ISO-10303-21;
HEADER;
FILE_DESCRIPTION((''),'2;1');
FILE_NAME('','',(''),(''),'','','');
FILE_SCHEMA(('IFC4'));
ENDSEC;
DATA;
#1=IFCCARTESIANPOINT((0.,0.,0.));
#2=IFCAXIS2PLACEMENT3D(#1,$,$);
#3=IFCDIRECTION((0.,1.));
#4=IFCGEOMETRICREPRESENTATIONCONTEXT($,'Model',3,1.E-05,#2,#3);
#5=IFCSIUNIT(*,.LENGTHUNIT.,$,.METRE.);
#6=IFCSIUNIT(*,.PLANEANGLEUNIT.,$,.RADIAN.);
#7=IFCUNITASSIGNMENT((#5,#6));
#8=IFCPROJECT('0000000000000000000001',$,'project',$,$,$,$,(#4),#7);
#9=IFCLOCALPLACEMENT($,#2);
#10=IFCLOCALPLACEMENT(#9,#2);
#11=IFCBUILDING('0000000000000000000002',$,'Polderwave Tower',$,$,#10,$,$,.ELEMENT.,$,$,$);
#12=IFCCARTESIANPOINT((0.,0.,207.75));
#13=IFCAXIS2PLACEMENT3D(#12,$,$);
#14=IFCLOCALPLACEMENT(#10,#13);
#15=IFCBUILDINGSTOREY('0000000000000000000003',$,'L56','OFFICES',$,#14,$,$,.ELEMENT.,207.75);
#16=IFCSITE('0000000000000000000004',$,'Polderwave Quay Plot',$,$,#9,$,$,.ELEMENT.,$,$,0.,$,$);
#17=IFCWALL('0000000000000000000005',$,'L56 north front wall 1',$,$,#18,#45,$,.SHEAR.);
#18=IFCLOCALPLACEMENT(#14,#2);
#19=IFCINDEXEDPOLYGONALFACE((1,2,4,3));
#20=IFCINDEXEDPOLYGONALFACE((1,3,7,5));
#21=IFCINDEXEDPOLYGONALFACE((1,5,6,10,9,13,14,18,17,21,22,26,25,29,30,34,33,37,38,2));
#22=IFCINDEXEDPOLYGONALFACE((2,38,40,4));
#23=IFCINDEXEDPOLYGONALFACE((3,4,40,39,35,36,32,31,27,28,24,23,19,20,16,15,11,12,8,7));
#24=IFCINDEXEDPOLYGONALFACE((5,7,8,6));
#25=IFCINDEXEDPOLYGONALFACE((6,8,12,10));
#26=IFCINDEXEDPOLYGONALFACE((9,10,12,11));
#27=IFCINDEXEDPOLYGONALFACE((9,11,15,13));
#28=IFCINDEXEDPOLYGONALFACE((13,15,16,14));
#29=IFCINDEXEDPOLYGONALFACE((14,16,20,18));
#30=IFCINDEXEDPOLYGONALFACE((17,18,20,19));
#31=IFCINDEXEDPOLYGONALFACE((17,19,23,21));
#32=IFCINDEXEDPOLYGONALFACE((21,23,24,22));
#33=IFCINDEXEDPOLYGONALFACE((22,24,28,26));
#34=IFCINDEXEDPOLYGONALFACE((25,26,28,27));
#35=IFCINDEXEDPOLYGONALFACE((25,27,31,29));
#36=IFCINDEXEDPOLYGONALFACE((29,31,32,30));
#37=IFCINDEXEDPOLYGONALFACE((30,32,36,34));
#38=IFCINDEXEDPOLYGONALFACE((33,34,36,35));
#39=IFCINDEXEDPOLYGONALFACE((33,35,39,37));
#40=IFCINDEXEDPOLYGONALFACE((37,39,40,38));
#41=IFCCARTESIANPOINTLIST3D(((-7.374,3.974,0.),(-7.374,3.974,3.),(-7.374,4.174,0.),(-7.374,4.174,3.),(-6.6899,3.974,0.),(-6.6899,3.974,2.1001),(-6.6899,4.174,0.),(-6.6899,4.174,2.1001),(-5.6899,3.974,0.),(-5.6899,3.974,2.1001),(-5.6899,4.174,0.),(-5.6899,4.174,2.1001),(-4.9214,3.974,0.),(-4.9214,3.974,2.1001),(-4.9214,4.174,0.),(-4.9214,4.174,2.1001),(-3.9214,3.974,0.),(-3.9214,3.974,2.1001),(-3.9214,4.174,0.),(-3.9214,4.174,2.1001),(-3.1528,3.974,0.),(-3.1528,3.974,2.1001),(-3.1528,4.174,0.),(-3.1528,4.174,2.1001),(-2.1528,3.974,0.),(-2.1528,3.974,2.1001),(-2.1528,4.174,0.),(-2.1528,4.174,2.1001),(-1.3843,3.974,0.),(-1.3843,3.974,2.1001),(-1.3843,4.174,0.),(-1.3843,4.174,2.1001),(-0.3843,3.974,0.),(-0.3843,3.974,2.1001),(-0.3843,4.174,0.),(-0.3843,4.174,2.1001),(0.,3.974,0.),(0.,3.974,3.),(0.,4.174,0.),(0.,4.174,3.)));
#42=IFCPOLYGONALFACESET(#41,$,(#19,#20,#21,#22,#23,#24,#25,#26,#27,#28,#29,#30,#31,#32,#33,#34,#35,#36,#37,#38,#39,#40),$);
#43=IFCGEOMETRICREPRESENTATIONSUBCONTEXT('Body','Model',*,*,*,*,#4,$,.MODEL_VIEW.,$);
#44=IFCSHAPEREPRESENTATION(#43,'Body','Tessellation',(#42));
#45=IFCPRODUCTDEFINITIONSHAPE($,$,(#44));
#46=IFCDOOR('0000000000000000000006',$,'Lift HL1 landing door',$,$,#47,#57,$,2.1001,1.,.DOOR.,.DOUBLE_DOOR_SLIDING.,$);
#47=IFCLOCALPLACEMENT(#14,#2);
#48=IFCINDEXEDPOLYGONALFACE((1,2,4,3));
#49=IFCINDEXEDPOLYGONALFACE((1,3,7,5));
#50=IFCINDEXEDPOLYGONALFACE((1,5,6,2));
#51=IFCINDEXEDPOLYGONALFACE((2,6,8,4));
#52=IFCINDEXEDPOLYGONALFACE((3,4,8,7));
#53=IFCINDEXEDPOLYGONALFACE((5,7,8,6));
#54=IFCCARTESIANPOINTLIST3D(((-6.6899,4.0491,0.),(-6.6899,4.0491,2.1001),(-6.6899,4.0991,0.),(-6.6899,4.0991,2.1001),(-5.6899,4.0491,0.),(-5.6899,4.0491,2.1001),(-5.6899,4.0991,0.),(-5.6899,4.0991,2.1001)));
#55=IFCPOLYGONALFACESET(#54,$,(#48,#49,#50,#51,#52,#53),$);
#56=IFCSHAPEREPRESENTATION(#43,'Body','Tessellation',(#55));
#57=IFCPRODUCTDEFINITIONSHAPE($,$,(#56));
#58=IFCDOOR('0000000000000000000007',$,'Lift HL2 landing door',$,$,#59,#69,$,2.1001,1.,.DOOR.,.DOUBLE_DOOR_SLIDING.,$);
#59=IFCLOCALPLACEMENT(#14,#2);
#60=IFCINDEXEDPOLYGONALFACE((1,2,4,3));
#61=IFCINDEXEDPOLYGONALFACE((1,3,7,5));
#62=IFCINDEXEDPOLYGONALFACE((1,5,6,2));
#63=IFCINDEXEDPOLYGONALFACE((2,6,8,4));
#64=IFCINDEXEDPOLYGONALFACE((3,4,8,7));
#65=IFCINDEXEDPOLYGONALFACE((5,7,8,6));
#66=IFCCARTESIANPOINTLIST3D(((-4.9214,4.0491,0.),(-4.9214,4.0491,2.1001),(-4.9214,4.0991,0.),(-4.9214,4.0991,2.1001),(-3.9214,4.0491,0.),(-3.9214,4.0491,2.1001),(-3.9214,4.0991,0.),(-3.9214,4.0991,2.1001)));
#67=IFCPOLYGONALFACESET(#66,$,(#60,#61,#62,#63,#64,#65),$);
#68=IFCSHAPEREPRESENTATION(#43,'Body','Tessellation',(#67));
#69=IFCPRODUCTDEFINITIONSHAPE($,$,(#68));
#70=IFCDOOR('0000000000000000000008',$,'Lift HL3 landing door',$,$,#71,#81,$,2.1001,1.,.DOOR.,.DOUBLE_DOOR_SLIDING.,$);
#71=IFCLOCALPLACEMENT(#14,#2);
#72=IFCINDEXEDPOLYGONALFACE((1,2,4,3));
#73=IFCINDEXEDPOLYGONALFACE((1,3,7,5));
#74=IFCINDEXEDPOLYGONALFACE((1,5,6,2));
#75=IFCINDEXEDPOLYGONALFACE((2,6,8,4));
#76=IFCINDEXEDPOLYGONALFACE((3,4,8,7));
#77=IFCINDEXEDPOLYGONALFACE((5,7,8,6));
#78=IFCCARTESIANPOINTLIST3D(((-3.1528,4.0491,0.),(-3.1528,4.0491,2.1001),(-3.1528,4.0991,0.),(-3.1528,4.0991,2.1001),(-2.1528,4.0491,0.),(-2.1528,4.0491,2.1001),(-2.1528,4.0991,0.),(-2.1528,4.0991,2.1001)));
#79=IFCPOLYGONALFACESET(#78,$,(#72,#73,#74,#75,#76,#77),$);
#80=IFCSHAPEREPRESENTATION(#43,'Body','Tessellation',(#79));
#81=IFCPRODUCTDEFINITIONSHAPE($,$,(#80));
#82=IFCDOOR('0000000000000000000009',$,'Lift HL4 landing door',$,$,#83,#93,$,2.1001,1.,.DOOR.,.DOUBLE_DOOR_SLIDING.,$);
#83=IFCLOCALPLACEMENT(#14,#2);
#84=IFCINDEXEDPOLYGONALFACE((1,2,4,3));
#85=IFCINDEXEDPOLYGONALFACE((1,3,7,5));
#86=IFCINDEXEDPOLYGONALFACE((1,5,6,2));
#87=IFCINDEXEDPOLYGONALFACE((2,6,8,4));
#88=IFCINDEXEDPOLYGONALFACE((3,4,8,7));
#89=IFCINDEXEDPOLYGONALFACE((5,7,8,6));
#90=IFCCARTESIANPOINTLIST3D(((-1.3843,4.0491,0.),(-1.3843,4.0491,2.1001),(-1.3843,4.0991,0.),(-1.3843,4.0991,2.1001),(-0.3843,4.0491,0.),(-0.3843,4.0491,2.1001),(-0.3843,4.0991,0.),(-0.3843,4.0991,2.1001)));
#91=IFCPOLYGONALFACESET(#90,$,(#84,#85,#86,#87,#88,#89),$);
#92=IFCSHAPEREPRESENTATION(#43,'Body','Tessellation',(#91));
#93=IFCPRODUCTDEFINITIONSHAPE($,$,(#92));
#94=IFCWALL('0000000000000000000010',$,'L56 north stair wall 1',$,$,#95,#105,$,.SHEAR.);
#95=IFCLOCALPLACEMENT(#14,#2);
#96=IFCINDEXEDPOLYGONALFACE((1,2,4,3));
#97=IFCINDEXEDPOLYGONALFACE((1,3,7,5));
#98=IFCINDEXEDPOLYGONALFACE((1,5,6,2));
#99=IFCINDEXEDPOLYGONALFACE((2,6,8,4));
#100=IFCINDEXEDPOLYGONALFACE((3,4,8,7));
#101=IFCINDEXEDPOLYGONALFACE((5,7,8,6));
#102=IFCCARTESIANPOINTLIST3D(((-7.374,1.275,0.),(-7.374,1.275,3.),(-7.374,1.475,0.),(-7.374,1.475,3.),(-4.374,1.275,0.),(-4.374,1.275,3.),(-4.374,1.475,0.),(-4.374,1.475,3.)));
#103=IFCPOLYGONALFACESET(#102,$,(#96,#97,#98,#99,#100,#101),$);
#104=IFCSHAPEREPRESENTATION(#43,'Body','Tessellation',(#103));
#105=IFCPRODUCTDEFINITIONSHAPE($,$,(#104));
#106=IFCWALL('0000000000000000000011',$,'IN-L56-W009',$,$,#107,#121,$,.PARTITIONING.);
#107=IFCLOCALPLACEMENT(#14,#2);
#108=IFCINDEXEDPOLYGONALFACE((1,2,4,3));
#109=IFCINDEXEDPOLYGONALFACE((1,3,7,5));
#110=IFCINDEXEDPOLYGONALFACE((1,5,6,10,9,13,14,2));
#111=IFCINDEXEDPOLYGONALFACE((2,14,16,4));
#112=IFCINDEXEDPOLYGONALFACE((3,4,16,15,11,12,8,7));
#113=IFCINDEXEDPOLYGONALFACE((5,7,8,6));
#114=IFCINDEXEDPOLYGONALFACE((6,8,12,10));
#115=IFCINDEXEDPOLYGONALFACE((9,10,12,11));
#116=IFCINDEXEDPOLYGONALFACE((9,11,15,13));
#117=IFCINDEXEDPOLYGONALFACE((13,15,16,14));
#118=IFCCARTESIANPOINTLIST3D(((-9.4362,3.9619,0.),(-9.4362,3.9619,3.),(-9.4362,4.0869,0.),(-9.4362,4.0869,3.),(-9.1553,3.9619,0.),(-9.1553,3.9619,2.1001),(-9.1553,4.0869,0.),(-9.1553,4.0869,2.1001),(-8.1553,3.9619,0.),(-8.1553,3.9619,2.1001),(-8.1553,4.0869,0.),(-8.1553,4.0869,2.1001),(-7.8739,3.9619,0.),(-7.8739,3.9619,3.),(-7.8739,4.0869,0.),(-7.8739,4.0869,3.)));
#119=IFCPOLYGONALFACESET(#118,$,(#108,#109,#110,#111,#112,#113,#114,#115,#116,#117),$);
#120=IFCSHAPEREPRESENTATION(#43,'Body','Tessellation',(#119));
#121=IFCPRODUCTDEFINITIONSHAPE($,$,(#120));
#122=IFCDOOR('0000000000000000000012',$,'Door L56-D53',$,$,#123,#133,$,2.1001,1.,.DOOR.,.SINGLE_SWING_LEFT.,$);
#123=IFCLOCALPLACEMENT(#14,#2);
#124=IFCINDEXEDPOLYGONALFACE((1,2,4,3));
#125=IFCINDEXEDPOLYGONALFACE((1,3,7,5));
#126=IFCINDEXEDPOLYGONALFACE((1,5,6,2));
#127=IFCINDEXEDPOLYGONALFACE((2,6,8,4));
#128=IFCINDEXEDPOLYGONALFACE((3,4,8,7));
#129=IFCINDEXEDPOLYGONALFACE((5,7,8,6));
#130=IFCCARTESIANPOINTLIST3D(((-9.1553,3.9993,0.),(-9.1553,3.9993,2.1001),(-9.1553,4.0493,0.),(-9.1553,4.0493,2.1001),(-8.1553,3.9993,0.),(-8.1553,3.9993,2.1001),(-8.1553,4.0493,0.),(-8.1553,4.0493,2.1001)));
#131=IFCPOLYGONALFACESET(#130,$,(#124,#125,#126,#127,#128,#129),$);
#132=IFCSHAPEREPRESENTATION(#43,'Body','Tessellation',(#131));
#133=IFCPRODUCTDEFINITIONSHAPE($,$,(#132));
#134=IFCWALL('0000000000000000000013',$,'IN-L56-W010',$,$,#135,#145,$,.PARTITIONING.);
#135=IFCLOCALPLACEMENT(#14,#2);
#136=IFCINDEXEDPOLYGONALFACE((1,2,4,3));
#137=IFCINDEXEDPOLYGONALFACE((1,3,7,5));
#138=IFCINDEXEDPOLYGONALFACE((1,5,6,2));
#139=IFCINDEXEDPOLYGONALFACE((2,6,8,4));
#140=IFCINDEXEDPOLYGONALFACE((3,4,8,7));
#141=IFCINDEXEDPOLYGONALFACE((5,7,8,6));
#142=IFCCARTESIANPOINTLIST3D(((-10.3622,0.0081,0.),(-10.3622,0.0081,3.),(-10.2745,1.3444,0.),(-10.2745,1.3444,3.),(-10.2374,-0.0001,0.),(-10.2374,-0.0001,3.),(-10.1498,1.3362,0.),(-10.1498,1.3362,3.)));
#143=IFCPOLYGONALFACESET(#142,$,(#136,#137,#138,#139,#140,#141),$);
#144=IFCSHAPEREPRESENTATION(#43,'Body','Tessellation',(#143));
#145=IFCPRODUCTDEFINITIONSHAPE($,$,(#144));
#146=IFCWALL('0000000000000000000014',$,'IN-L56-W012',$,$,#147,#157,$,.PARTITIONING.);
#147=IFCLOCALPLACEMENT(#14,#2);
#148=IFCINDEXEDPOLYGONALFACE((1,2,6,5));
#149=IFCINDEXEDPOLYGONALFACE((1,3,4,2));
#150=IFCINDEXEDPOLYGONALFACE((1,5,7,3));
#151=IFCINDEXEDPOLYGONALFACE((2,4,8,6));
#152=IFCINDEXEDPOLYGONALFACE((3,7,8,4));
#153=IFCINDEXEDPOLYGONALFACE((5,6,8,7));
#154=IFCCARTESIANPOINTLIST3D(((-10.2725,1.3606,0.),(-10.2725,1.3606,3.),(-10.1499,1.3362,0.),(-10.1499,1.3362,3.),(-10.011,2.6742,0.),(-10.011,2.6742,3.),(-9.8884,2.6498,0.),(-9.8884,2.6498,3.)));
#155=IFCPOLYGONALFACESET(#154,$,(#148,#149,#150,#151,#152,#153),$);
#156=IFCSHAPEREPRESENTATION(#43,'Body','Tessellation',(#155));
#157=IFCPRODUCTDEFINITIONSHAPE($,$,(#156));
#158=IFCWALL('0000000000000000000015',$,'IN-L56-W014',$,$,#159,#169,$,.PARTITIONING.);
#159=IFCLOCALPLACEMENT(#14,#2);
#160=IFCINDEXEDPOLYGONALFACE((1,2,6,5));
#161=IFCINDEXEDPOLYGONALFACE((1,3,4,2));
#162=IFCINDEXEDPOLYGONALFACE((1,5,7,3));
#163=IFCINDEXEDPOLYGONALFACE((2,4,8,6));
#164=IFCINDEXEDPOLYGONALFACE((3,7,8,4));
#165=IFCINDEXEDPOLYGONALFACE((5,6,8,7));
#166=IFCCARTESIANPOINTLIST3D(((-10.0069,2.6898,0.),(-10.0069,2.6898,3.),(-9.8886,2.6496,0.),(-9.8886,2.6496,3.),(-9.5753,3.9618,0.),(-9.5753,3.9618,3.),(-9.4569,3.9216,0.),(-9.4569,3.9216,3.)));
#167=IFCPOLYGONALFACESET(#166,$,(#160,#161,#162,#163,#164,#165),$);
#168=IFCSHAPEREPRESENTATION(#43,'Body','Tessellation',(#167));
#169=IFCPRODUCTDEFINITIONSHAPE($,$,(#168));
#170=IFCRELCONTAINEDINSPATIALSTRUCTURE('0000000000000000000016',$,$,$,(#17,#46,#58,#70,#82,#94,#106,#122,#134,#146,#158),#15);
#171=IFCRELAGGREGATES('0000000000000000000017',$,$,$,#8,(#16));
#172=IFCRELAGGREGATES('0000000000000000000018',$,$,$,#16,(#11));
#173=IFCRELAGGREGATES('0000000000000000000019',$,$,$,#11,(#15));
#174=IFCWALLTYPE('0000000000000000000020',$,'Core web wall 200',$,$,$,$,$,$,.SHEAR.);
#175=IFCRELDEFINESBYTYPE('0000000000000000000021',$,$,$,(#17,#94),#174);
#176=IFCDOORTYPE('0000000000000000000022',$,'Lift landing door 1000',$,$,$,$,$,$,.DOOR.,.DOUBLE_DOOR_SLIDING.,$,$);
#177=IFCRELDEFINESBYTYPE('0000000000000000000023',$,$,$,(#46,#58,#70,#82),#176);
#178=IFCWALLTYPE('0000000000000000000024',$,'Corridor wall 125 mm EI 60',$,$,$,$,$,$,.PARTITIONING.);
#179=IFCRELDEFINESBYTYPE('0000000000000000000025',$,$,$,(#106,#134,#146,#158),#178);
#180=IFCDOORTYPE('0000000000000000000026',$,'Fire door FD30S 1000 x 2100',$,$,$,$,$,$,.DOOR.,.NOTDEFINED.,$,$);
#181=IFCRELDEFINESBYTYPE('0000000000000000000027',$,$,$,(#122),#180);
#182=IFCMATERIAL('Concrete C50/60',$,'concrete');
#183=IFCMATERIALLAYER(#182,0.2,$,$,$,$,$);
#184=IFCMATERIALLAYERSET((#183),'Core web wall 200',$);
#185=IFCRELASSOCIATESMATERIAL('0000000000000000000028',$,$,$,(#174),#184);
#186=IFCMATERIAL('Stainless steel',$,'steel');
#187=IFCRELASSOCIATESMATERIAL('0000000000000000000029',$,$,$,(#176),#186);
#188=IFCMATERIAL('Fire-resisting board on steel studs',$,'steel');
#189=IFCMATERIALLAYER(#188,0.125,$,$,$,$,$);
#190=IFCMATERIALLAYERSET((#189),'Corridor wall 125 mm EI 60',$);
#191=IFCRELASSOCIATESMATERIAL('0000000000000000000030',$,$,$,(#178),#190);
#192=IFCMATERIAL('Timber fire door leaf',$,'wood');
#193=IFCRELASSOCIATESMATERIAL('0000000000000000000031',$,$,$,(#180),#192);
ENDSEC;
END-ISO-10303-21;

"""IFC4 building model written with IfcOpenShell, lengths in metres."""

from ifc_helpers import new_model, si_unit, direction, frame, frame_2d, origin, place, context, subcontext, project, spatial, rectangle, extrude, material, layer, layer_set, type_object, element, fill, save


model = new_model("IFC4")

# Units and contexts
model_context = context("Model", 3, precision=1e-05, world=origin(), true_north=direction((0.0, 1.0)))
body_context = subcontext(model_context, "Body", "Model", "MODEL_VIEW")
ifc_project = project(units=[si_unit("LENGTHUNIT", "METRE"), si_unit("PLANEANGLEUNIT", "RADIAN")], contexts=[model_context])

# Site, building, storey
site_placement = place(None, origin())
site = spatial("IfcSite", under=ifc_project, at=site_placement, Name="Polderwave Quay Plot", CompositionType="ELEMENT", RefElevation=0.0)
building_placement = place(site_placement, origin())
building = spatial("IfcBuilding", under=site, at=building_placement, Name="Polderwave Tower", CompositionType="ELEMENT")
storey_placement = place(building_placement, frame((0.0, 0.0, 207.75)))
storey = spatial("IfcBuildingStorey", under=building, at=storey_placement, Name="L56", Description="OFFICES", CompositionType="ELEMENT", Elevation=207.75)

# Wall, openings, doors
ifc_material_1 = material(Name="Concrete C50/60", Category="concrete")
ifc_layer_1 = layer(ifc_material_1, 0.2)
ifc_layer_set_1 = layer_set([ifc_layer_1], Name="Core web wall 200")
wall_type_1 = type_object("IfcWallType", Name="Core web wall 200", PredefinedType="SHEAR", material=ifc_layer_set_1)
wall_1_placement = place(storey_placement, frame((-7.374, 4.074, 0.0), z_axis=(0.0, 0.0, 1.0), x_axis=(1.0, 0.0, 0.0)))
wall_1 = element("IfcWall", 1, at=wall_1_placement, inside=storey, type_object=wall_type_1, Name="L56 north front wall 1", PredefinedType="SHEAR", context=body_context, shape_type="SweptSolid", body=[
    extrude(rectangle(XDim=7.374, YDim=0.2, at=frame_2d((3.687, 0.0))), origin(), (0.0, 0.0, 1.0), 3.0),
])
opening_1_placement = place(wall_1_placement, frame((0.6841, 0.0, 0.0)))
opening_1 = element("IfcOpeningElement", 2, at=opening_1_placement, cuts=wall_1, PredefinedType="OPENING", context=body_context, shape_type="SweptSolid", body=[
    extrude(rectangle(XDim=1.0, YDim=2.1001, at=frame_2d((0.5, 1.05))), frame((0.0, 0.1099, 0.0), z_axis=(0.0, -1.0, 0.0), x_axis=(1.0, 0.0, 0.0)), (0.0, 0.0, 1.0), 0.22),
])
opening_2_placement = place(wall_1_placement, frame((2.4526, 0.0, 0.0)))
opening_2 = element("IfcOpeningElement", 3, at=opening_2_placement, cuts=wall_1, PredefinedType="OPENING", context=body_context, shape_type="SweptSolid", body=[
    extrude(rectangle(XDim=1.0, YDim=2.1001, at=frame_2d((0.5, 1.05))), frame((0.0, 0.1099, 0.0), z_axis=(0.0, -1.0, 0.0), x_axis=(1.0, 0.0, 0.0)), (0.0, 0.0, 1.0), 0.22),
])
opening_3_placement = place(wall_1_placement, frame((4.2212, 0.0, 0.0)))
opening_3 = element("IfcOpeningElement", 4, at=opening_3_placement, cuts=wall_1, PredefinedType="OPENING", context=body_context, shape_type="SweptSolid", body=[
    extrude(rectangle(XDim=1.0, YDim=2.1001, at=frame_2d((0.5, 1.05))), frame((0.0, 0.1099, 0.0), z_axis=(0.0, -1.0, 0.0), x_axis=(1.0, 0.0, 0.0)), (0.0, 0.0, 1.0), 0.22),
])
opening_4_placement = place(wall_1_placement, frame((5.9897, 0.0, 0.0)))
opening_4 = element("IfcOpeningElement", 5, at=opening_4_placement, cuts=wall_1, PredefinedType="OPENING", context=body_context, shape_type="SweptSolid", body=[
    extrude(rectangle(XDim=1.0, YDim=2.1001, at=frame_2d((0.5, 1.05))), frame((0.0, 0.1099, 0.0), z_axis=(0.0, -1.0, 0.0), x_axis=(1.0, 0.0, 0.0)), (0.0, 0.0, 1.0), 0.22),
])
ifc_material_2 = material(Name="Stainless steel", Category="steel")
door_type_1 = type_object("IfcDoorType", Name="Lift landing door 1000", OperationType="DOUBLE_DOOR_SLIDING", PredefinedType="DOOR", material=ifc_material_2)
door_1_placement = place(opening_1_placement, frame((1.0, 0.0, 0.0), z_axis=(0.0, 0.0, 1.0), x_axis=(-1.0, 0.0, 0.0)))
door_1 = element("IfcDoor", 6, at=door_1_placement, inside=storey, type_object=door_type_1, Name="Lift HL1 landing door", OperationType="DOUBLE_DOOR_SLIDING", OverallHeight=2.1001, OverallWidth=1.0, PredefinedType="DOOR", context=body_context, shape_type="SweptSolid", body=[
    extrude(rectangle(XDim=1.0, YDim=2.1001, at=frame_2d((0.5, 1.05))), frame((0.0, 0.0249, 0.0), z_axis=(0.0, -1.0, 0.0), x_axis=(1.0, 0.0, 0.0)), (0.0, 0.0, 1.0), 0.05),
])
fill(opening_1, door_1)
door_2_placement = place(opening_2_placement, frame((1.0, 0.0, 0.0), z_axis=(0.0, 0.0, 1.0), x_axis=(-1.0, 0.0, 0.0)))
door_2 = element("IfcDoor", 7, at=door_2_placement, inside=storey, type_object=door_type_1, Name="Lift HL2 landing door", OperationType="DOUBLE_DOOR_SLIDING", OverallHeight=2.1001, OverallWidth=1.0, PredefinedType="DOOR", context=body_context, shape_type="SweptSolid", body=[
    extrude(rectangle(XDim=1.0, YDim=2.1001, at=frame_2d((0.5, 1.05))), frame((0.0, 0.0249, 0.0), z_axis=(0.0, -1.0, 0.0), x_axis=(1.0, 0.0, 0.0)), (0.0, 0.0, 1.0), 0.05),
])
fill(opening_2, door_2)
door_3_placement = place(opening_3_placement, frame((1.0, 0.0, 0.0), z_axis=(0.0, 0.0, 1.0), x_axis=(-1.0, 0.0, 0.0)))
door_3 = element("IfcDoor", 8, at=door_3_placement, inside=storey, type_object=door_type_1, Name="Lift HL3 landing door", OperationType="DOUBLE_DOOR_SLIDING", OverallHeight=2.1001, OverallWidth=1.0, PredefinedType="DOOR", context=body_context, shape_type="SweptSolid", body=[
    extrude(rectangle(XDim=1.0, YDim=2.1001, at=frame_2d((0.5, 1.05))), frame((0.0, 0.0249, 0.0), z_axis=(0.0, -1.0, 0.0), x_axis=(1.0, 0.0, 0.0)), (0.0, 0.0, 1.0), 0.05),
])
fill(opening_3, door_3)
door_4_placement = place(opening_4_placement, frame((1.0, 0.0, 0.0), z_axis=(0.0, 0.0, 1.0), x_axis=(-1.0, 0.0, 0.0)))
door_4 = element("IfcDoor", 9, at=door_4_placement, inside=storey, type_object=door_type_1, Name="Lift HL4 landing door", OperationType="DOUBLE_DOOR_SLIDING", OverallHeight=2.1001, OverallWidth=1.0, PredefinedType="DOOR", context=body_context, shape_type="SweptSolid", body=[
    extrude(rectangle(XDim=1.0, YDim=2.1001, at=frame_2d((0.5, 1.05))), frame((0.0, 0.0249, 0.0), z_axis=(0.0, -1.0, 0.0), x_axis=(1.0, 0.0, 0.0)), (0.0, 0.0, 1.0), 0.05),
])
fill(opening_4, door_4)

# Wall
wall_2_placement = place(storey_placement, frame((-7.374, 1.375, 0.0), z_axis=(0.0, 0.0, 1.0), x_axis=(1.0, 0.0, 0.0)))
element("IfcWall", 10, at=wall_2_placement, inside=storey, type_object=wall_type_1, Name="L56 north stair wall 1", PredefinedType="SHEAR", context=body_context, shape_type="SweptSolid", body=[
    extrude(rectangle(XDim=3.0, YDim=0.2, at=frame_2d((1.5, 0.0))), origin(), (0.0, 0.0, 1.0), 3.0),
])

# Wall, opening, door
ifc_material_3 = material(Name="Fire-resisting board on steel studs", Category="steel")
ifc_layer_2 = layer(ifc_material_3, 0.125)
ifc_layer_set_2 = layer_set([ifc_layer_2], Name="Corridor wall 125 mm EI 60")
wall_type_2 = type_object("IfcWallType", Name="Corridor wall 125 mm EI 60", PredefinedType="PARTITIONING", material=ifc_layer_set_2)
wall_3_placement = place(storey_placement, frame((-9.4363, 4.0244, 0.0), z_axis=(0.0, 0.0, 1.0), x_axis=(1.0, 0.0, 0.0)))
wall_3 = element("IfcWall", 11, at=wall_3_placement, inside=storey, type_object=wall_type_2, Name="IN-L56-W009", PredefinedType="PARTITIONING", context=body_context, shape_type="SweptSolid", body=[
    extrude(rectangle(XDim=1.5623, YDim=0.125, at=frame_2d((0.7812, 0.0))), origin(), (0.0, 0.0, 1.0), 3.0),
])
opening_5_placement = place(wall_3_placement, frame((0.281, 0.0, 0.0)))
opening_5 = element("IfcOpeningElement", 12, at=opening_5_placement, cuts=wall_3, PredefinedType="OPENING", context=body_context, shape_type="SweptSolid", body=[
    extrude(rectangle(XDim=1.0, YDim=2.1001, at=frame_2d((0.5, 1.05))), frame((0.0, 0.0725, 0.0), z_axis=(0.0, -1.0, 0.0), x_axis=(1.0, 0.0, 0.0)), (0.0, 0.0, 1.0), 0.145),
])
ifc_material_4 = material(Name="Timber fire door leaf", Category="wood")
door_type_2 = type_object("IfcDoorType", Name="Fire door FD30S 1000 x 2100", OperationType="NOTDEFINED", PredefinedType="DOOR", material=ifc_material_4)
door_5_placement = place(opening_5_placement, origin())
door_5 = element("IfcDoor", 13, at=door_5_placement, inside=storey, type_object=door_type_2, Name="Door L56-D53", OperationType="SINGLE_SWING_LEFT", OverallHeight=2.1001, OverallWidth=1.0, PredefinedType="DOOR", context=body_context, shape_type="SweptSolid", body=[
    extrude(rectangle(XDim=1.0, YDim=2.1001, at=frame_2d((0.5, 1.05))), frame((0.0, 0.0249, 0.0), z_axis=(0.0, -1.0, 0.0), x_axis=(1.0, 0.0, 0.0)), (0.0, 0.0, 1.0), 0.05),
])
fill(opening_5, door_5)

# Walls
wall_4_placement = place(storey_placement, frame((-10.2998, 0.0042, 0.0), z_axis=(0.0, 0.0, 1.0), x_axis=(0.065454, 0.997856, 0.0)))
element("IfcWall", 14, at=wall_4_placement, inside=storey, type_object=wall_type_2, Name="IN-L56-W010", PredefinedType="PARTITIONING", context=body_context, shape_type="SweptSolid", body=[
    extrude(rectangle(XDim=1.3391, YDim=0.125, at=frame_2d((0.6694, 0.0))), origin(), (0.0, 0.0, 1.0), 3.0),
])
wall_5_placement = place(storey_placement, frame((-10.2112, 1.3484, 0.0), z_axis=(0.0, 0.0, 1.0), x_axis=(0.19524, 0.980756, 0.0)))
element("IfcWall", 15, at=wall_5_placement, inside=storey, type_object=wall_type_2, Name="IN-L56-W012", PredefinedType="PARTITIONING", context=body_context, shape_type="SweptSolid", body=[
    extrude(rectangle(XDim=1.3394, YDim=0.125, at=frame_2d((0.6697, 0.0))), origin(), (0.0, 0.0, 1.0), 3.0),
])
wall_6_placement = place(storey_placement, frame((-9.9478, 2.6697, 0.0), z_axis=(0.0, 0.0, 1.0), x_axis=(0.321349, 0.946961, 0.0)))
element("IfcWall", 16, at=wall_6_placement, inside=storey, type_object=wall_type_2, Name="IN-L56-W014", PredefinedType="PARTITIONING", context=body_context, shape_type="SweptSolid", body=[
    extrude(rectangle(XDim=1.3433, YDim=0.125, at=frame_2d((0.6716, 0.0))), origin(), (0.0, 0.0, 1.0), 3.0),
])

save(model, "model.ifc")
